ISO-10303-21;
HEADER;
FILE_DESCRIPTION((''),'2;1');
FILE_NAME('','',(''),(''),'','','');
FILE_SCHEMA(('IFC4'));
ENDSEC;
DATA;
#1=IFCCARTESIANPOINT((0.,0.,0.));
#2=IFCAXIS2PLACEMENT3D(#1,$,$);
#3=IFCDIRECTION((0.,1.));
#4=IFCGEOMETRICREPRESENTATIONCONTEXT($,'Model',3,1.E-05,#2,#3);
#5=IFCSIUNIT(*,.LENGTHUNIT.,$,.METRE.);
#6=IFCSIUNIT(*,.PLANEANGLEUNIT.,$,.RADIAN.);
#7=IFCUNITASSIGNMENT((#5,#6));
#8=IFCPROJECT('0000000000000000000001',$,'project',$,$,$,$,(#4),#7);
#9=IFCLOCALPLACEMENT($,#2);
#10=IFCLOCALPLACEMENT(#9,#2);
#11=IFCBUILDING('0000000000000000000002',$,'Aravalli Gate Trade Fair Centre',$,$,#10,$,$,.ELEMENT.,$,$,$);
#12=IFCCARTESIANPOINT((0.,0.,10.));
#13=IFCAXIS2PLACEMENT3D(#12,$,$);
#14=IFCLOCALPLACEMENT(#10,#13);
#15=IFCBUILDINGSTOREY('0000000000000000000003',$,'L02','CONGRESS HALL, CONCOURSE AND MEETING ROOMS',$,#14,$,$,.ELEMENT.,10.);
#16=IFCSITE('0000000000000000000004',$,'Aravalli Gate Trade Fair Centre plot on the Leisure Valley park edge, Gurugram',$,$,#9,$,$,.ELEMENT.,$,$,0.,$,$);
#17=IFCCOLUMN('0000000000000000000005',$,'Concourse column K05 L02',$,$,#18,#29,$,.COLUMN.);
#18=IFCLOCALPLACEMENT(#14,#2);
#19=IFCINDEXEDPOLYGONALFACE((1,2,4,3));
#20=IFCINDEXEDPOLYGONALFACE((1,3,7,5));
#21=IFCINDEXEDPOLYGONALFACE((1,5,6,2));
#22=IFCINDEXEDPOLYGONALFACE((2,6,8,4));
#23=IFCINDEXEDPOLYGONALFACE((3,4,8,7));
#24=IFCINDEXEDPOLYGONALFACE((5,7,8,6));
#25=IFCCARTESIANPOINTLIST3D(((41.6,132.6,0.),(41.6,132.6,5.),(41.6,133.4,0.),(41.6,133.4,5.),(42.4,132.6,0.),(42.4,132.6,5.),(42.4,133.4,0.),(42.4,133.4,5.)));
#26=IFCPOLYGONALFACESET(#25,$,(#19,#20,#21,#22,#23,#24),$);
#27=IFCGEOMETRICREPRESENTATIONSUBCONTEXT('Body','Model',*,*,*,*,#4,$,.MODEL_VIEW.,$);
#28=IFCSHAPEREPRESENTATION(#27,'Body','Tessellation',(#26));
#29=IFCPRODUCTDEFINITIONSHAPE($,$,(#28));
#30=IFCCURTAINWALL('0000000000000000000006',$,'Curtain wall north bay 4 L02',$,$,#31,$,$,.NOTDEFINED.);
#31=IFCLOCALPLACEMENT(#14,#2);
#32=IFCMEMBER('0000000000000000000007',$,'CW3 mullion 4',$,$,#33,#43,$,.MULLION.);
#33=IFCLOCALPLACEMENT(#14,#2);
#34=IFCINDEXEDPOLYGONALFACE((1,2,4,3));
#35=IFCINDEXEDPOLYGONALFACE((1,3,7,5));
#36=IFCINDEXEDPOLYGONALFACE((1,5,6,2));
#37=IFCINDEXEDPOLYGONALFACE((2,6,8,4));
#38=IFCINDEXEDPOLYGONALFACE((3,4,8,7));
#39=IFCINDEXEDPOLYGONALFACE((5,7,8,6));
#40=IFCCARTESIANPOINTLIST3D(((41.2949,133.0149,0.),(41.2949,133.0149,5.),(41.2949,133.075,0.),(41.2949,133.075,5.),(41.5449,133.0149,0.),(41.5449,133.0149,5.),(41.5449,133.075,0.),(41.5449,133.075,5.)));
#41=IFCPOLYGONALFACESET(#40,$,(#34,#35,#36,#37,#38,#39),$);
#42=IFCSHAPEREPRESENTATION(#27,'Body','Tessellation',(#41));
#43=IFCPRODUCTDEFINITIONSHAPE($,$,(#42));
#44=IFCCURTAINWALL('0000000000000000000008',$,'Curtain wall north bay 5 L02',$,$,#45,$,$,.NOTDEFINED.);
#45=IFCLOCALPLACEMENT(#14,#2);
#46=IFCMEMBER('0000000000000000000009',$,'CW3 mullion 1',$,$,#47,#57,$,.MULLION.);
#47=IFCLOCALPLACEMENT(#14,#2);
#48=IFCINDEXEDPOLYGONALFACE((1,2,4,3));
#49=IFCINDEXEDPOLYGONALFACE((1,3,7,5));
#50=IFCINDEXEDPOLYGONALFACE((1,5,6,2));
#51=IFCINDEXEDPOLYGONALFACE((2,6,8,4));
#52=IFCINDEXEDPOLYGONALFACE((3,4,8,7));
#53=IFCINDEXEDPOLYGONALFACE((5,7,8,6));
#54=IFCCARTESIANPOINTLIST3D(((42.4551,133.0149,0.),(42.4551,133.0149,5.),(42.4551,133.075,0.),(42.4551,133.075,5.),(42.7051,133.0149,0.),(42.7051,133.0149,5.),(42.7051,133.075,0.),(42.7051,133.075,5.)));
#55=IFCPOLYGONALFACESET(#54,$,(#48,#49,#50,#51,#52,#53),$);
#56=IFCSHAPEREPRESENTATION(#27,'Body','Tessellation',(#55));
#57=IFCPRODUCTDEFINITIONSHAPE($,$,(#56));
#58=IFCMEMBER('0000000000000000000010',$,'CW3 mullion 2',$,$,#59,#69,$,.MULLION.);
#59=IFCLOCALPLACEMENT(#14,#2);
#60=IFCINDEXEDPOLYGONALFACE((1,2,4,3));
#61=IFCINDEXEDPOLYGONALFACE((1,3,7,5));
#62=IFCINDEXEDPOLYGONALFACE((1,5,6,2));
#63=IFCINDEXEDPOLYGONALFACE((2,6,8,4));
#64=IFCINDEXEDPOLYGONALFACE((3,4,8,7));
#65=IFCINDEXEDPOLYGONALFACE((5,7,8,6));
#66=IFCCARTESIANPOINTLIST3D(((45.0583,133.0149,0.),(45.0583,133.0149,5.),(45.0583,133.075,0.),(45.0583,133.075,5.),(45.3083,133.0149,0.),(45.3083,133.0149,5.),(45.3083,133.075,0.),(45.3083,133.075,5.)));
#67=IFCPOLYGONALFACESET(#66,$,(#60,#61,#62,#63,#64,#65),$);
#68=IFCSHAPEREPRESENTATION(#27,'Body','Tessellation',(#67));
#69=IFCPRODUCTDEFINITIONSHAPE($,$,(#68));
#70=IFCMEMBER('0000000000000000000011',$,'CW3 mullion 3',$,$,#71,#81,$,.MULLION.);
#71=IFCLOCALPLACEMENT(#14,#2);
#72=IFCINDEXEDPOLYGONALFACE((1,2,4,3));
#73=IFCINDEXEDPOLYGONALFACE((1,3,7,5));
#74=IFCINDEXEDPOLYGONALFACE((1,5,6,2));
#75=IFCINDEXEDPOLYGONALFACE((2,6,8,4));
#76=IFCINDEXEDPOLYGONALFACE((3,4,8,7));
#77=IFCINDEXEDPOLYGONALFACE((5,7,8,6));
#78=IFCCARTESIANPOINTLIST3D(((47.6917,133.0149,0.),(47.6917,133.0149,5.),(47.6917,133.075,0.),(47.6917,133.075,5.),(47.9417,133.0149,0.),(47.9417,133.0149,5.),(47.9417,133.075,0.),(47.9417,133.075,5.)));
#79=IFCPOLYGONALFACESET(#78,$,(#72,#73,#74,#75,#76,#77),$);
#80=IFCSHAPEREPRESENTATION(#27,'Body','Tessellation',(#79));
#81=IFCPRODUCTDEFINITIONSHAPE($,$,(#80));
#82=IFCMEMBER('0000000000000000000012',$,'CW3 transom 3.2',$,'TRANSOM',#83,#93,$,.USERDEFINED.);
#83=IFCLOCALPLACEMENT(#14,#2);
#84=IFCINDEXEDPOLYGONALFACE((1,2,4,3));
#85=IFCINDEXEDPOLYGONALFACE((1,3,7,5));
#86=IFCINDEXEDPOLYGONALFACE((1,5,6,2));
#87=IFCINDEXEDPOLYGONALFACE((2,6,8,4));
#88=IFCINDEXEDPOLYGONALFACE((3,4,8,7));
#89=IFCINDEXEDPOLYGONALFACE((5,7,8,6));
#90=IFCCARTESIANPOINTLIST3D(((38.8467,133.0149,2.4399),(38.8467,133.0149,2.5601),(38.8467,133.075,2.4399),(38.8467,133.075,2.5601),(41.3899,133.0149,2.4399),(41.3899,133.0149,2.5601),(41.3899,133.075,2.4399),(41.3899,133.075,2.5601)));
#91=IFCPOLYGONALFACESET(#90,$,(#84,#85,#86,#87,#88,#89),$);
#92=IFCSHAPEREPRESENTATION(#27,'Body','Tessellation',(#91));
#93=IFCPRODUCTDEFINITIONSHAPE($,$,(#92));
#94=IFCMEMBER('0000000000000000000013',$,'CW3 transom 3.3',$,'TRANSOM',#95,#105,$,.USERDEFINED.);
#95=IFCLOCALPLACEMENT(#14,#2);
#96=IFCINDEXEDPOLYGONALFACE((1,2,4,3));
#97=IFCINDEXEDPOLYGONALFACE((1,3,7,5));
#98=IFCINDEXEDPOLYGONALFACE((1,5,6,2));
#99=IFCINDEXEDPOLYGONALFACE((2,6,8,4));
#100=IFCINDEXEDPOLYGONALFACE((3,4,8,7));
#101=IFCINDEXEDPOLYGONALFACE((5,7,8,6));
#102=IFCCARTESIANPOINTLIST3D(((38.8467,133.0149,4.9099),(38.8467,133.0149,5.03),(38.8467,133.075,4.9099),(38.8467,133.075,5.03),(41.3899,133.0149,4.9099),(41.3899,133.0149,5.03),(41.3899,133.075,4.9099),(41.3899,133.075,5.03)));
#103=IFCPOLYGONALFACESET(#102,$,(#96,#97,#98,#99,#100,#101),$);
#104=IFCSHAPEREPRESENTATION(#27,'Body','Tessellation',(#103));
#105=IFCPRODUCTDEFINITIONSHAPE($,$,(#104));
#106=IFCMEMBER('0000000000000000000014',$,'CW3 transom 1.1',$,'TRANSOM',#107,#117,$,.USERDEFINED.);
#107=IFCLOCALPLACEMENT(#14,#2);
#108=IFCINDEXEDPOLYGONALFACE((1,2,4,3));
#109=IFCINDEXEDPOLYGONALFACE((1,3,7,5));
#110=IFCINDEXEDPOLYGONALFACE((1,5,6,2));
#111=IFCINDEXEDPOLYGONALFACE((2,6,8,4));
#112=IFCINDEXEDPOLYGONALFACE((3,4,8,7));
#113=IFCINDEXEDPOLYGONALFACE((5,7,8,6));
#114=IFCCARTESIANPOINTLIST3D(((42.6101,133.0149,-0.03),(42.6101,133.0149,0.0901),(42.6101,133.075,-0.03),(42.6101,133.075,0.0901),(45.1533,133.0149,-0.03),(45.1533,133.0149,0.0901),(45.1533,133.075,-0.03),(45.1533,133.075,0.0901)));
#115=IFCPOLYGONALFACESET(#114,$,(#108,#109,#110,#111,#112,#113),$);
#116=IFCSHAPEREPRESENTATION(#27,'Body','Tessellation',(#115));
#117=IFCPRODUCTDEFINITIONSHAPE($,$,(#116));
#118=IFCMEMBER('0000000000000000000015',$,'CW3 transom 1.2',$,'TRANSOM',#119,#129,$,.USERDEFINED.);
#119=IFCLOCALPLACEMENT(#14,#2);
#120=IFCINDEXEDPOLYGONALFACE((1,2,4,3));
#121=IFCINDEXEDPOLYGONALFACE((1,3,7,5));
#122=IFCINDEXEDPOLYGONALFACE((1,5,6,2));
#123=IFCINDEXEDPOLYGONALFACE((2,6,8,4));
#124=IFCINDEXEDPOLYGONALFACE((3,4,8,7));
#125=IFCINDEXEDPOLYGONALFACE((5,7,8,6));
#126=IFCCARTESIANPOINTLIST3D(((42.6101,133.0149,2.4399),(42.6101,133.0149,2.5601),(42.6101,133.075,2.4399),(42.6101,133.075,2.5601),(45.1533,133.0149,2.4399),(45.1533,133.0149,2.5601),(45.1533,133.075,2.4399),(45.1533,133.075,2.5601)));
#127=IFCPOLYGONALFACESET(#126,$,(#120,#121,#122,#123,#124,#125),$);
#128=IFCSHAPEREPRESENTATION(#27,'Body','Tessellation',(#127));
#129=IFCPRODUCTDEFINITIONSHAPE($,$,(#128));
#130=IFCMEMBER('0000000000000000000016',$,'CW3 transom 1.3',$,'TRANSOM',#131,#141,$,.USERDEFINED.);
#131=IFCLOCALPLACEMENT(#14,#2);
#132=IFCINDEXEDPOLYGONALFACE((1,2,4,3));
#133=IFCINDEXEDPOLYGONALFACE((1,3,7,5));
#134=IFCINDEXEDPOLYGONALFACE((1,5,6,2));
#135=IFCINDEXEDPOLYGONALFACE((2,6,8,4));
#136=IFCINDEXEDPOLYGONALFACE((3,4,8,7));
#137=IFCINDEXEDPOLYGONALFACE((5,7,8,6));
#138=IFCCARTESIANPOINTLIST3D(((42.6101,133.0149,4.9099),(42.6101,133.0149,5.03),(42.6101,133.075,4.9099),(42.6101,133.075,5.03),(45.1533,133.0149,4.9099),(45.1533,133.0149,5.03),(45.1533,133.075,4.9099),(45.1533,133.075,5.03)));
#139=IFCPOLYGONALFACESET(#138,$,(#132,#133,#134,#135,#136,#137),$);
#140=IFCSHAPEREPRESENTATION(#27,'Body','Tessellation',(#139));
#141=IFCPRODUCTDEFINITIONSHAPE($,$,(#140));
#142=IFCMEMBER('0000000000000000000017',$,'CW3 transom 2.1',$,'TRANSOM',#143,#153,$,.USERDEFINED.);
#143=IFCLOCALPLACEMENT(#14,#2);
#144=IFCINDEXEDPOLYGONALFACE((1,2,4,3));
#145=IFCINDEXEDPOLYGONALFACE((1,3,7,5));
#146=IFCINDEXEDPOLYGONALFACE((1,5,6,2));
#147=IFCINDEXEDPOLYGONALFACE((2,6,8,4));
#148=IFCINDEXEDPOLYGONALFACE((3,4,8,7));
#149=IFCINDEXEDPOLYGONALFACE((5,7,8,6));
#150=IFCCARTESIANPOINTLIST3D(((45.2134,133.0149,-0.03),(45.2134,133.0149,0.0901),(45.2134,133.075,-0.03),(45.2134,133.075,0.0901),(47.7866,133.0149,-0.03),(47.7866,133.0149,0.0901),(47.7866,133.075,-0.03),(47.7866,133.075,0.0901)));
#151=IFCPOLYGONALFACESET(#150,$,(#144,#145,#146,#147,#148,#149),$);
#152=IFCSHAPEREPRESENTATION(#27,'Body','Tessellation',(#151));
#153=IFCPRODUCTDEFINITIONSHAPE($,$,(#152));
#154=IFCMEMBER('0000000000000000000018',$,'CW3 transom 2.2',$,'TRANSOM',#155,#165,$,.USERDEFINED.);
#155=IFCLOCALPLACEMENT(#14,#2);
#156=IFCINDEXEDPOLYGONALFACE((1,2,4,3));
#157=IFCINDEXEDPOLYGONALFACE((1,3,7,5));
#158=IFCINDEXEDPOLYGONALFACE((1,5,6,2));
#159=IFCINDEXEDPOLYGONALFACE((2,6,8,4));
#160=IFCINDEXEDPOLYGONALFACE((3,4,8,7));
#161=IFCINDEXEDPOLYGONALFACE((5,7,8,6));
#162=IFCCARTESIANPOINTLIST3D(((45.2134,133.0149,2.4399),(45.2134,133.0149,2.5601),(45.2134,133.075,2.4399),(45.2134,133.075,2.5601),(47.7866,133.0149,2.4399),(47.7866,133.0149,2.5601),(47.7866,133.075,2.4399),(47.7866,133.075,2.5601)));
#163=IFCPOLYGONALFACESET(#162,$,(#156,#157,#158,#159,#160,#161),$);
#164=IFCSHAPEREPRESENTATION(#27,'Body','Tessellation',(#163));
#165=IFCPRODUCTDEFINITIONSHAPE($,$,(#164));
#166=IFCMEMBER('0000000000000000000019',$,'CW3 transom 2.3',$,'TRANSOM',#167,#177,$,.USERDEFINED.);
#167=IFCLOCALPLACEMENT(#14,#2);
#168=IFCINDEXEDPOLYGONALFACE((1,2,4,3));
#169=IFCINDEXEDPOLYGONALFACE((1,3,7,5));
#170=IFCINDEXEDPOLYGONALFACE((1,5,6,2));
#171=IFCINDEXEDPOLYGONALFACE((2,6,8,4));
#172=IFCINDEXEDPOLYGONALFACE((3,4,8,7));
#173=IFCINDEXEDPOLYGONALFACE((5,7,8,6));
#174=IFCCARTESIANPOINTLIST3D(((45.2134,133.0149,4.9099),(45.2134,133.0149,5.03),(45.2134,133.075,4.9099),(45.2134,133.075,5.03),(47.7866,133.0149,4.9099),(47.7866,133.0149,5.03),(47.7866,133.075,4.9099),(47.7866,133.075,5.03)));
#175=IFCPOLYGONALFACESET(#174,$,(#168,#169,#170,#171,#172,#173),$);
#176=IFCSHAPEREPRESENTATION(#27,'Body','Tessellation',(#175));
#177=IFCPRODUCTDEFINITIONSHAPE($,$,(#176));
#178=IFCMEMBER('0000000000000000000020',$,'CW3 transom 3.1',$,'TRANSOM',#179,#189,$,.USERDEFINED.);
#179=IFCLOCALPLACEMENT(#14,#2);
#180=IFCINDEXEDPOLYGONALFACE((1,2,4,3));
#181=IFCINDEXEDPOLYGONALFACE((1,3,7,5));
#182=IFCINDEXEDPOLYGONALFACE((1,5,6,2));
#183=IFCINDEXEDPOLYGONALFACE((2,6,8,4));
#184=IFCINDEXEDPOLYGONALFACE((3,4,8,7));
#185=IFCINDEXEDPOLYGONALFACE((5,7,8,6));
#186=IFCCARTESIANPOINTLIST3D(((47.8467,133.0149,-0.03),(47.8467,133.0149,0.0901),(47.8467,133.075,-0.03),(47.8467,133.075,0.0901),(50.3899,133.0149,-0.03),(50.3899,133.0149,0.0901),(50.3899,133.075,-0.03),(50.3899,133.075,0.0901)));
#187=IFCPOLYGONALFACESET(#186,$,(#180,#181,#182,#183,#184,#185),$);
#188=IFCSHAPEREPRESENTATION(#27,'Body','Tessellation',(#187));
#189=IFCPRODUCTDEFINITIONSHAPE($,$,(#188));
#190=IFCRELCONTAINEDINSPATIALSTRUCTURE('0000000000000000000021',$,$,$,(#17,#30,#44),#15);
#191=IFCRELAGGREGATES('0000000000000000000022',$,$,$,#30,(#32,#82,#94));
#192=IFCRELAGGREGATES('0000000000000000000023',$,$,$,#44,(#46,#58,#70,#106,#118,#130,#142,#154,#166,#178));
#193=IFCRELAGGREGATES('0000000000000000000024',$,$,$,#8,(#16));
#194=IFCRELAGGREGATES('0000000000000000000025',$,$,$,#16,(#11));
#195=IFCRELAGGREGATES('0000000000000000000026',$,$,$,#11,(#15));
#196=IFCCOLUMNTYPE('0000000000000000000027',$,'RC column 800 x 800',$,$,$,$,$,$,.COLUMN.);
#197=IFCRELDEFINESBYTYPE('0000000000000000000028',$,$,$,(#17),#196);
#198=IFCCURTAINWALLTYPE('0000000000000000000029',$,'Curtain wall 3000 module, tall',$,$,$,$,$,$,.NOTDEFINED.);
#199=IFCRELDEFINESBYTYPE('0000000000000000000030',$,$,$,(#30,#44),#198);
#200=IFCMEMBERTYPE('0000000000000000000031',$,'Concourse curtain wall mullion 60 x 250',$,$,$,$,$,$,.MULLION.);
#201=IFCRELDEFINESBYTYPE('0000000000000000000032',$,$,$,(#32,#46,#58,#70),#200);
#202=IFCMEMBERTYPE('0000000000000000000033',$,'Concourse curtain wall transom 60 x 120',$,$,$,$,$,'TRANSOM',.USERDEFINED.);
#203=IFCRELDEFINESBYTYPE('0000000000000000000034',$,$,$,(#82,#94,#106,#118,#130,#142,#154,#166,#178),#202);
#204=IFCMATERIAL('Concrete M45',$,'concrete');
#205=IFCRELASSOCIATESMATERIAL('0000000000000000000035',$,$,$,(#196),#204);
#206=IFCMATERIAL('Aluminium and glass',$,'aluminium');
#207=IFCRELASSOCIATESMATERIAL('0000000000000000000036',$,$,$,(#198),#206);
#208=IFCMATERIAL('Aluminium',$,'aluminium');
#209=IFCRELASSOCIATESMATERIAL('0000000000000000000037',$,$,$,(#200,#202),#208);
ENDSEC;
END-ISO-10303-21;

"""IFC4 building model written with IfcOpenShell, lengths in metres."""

from ifc_helpers import new_model, si_unit, direction, frame, origin, origin_2d, place, context, subcontext, project, spatial, rectangle, extrude, material, material_profile, profile_set, type_object, element, aggregate, save


model = new_model("IFC4")

# Units and contexts
model_context = context("Model", 3, precision=1e-05, world=origin(), true_north=direction((0.0, 1.0)))
body_context = subcontext(model_context, "Body", "Model", "MODEL_VIEW")
ifc_project = project(units=[si_unit("LENGTHUNIT", "METRE"), si_unit("PLANEANGLEUNIT", "RADIAN")], contexts=[model_context])

# Site, building, storey
site_placement = place(None, origin())
site = spatial("IfcSite", under=ifc_project, at=site_placement, Name="Aravalli Gate Trade Fair Centre plot on the Leisure Valley park edge, Gurugram", CompositionType="ELEMENT", RefElevation=0.0)
building_placement = place(site_placement, origin())
building = spatial("IfcBuilding", under=site, at=building_placement, Name="Aravalli Gate Trade Fair Centre", CompositionType="ELEMENT")
storey_placement = place(building_placement, frame((0.0, 0.0, 10.0)))
storey = spatial("IfcBuildingStorey", under=building, at=storey_placement, Name="L02", Description="CONGRESS HALL, CONCOURSE AND MEETING ROOMS", CompositionType="ELEMENT", Elevation=10.0)

# Column
ifc_material_1 = material(Name="Concrete M45", Category="concrete")
ifc_material_profile_1 = material_profile(ifc_material_1, rectangle(XDim=0.8, YDim=0.8, at=origin_2d()), Name="RC column 800 x 800")
ifc_profile_set_1 = profile_set([ifc_material_profile_1], Name="Concrete M45")
column_type = type_object("IfcColumnType", Name="RC column 800 x 800", PredefinedType="COLUMN", material=ifc_profile_set_1)
column_placement = place(storey_placement, frame((42.0, 133.0, 0.0), z_axis=(0.0, 0.0, 1.0), x_axis=(1.0, 0.0, 0.0)))
element("IfcColumn", 1, at=column_placement, inside=storey, type_object=column_type, Name="Concourse column K05 L02", PredefinedType="COLUMN", context=body_context, shape_type="SweptSolid", body=[
    extrude(rectangle(XDim=0.8, YDim=0.8, at=origin_2d()), origin(), (0.0, 0.0, 1.0), 5.0),
])

# Curtain wall, member
ifc_material_2 = material(Name="Aluminium and glass", Category="aluminium")
curtain_wall_type = type_object("IfcCurtainWallType", Name="Curtain wall 3000 module, tall", PredefinedType="NOTDEFINED", material=ifc_material_2)
curtain_wall_1_placement = place(storey_placement, origin())
curtain_wall_1 = element("IfcCurtainWall", 2, at=curtain_wall_1_placement, inside=storey, type_object=curtain_wall_type, Name="Curtain wall north bay 4 L02", PredefinedType="NOTDEFINED")
ifc_material_3 = material(Name="Aluminium", Category="aluminium")
ifc_material_profile_2 = material_profile(ifc_material_3, rectangle(XDim=0.0601, YDim=0.25, at=origin_2d()), Name="Concourse curtain wall mullion 60 x 250")
ifc_profile_set_2 = profile_set([ifc_material_profile_2], Name="Aluminium")
member_type_1 = type_object("IfcMemberType", Name="Concourse curtain wall mullion 60 x 250", PredefinedType="MULLION", material=ifc_profile_set_2)
member_1_placement = place(storey_placement, frame((41.4199, 133.0449, 0.0), z_axis=(0.0, 0.0, 1.0), x_axis=(0.0, 1.0, 0.0)))
member_1 = element("IfcMember", 3, at=member_1_placement, type_object=member_type_1, Name="CW3 mullion 4", PredefinedType="MULLION", context=body_context, shape_type="SweptSolid", body=[
    extrude(rectangle(XDim=0.0601, YDim=0.25, at=origin_2d()), origin(), (0.0, 0.0, 1.0), 5.0),
])

# Curtain wall, members
curtain_wall_2_placement = place(storey_placement, origin())
curtain_wall_2 = element("IfcCurtainWall", 4, at=curtain_wall_2_placement, inside=storey, type_object=curtain_wall_type, Name="Curtain wall north bay 5 L02", PredefinedType="NOTDEFINED")
member_2_placement = place(storey_placement, frame((42.5801, 133.0449, 0.0), z_axis=(0.0, 0.0, 1.0), x_axis=(0.0, 1.0, 0.0)))
member_2 = element("IfcMember", 5, at=member_2_placement, type_object=member_type_1, Name="CW3 mullion 1", PredefinedType="MULLION", context=body_context, shape_type="SweptSolid", body=[
    extrude(rectangle(XDim=0.0601, YDim=0.25, at=origin_2d()), origin(), (0.0, 0.0, 1.0), 5.0),
])
member_3_placement = place(storey_placement, frame((45.1833, 133.0449, 0.0), z_axis=(0.0, 0.0, 1.0), x_axis=(0.0, 1.0, 0.0)))
member_3 = element("IfcMember", 6, at=member_3_placement, type_object=member_type_1, Name="CW3 mullion 2", PredefinedType="MULLION", context=body_context, shape_type="SweptSolid", body=[
    extrude(rectangle(XDim=0.0601, YDim=0.25, at=origin_2d()), origin(), (0.0, 0.0, 1.0), 5.0),
])
member_4_placement = place(storey_placement, frame((47.8167, 133.0449, 0.0), z_axis=(0.0, 0.0, 1.0), x_axis=(0.0, 1.0, 0.0)))
member_4 = element("IfcMember", 7, at=member_4_placement, type_object=member_type_1, Name="CW3 mullion 3", PredefinedType="MULLION", context=body_context, shape_type="SweptSolid", body=[
    extrude(rectangle(XDim=0.0601, YDim=0.25, at=origin_2d()), origin(), (0.0, 0.0, 1.0), 5.0),
])

# Members
ifc_material_profile_3 = material_profile(ifc_material_3, rectangle(XDim=0.0601, YDim=0.1201, at=origin_2d()), Name="Concourse curtain wall transom 60 x 120")
ifc_profile_set_3 = profile_set([ifc_material_profile_3], Name="Aluminium")
member_type_2 = type_object("IfcMemberType", Name="Concourse curtain wall transom 60 x 120", ElementType="TRANSOM", PredefinedType="USERDEFINED", material=ifc_profile_set_3)
member_5_placement = place(storey_placement, frame((38.8467, 133.0449, 2.5), z_axis=(1.0, 0.0, 0.0), x_axis=(0.0, 1.0, 0.0)))
member_5 = element("IfcMember", 8, at=member_5_placement, type_object=member_type_2, Name="CW3 transom 3.2", ObjectType="TRANSOM", PredefinedType="USERDEFINED", context=body_context, shape_type="SweptSolid", body=[
    extrude(rectangle(XDim=0.0601, YDim=0.1201, at=origin_2d()), origin(), (0.0, 0.0, 1.0), 2.5432),
])
member_6_placement = place(storey_placement, frame((38.8467, 133.0449, 4.97), z_axis=(1.0, 0.0, 0.0), x_axis=(0.0, 1.0, 0.0)))
member_6 = element("IfcMember", 9, at=member_6_placement, type_object=member_type_2, Name="CW3 transom 3.3", ObjectType="TRANSOM", PredefinedType="USERDEFINED", context=body_context, shape_type="SweptSolid", body=[
    extrude(rectangle(XDim=0.0601, YDim=0.1201, at=origin_2d()), origin(), (0.0, 0.0, 1.0), 2.5432),
])
member_7_placement = place(storey_placement, frame((42.6101, 133.0449, 0.03), z_axis=(1.0, 0.0, 0.0), x_axis=(0.0, 1.0, 0.0)))
member_7 = element("IfcMember", 10, at=member_7_placement, type_object=member_type_2, Name="CW3 transom 1.1", ObjectType="TRANSOM", PredefinedType="USERDEFINED", context=body_context, shape_type="SweptSolid", body=[
    extrude(rectangle(XDim=0.0601, YDim=0.1201, at=origin_2d()), origin(), (0.0, 0.0, 1.0), 2.5432),
])
member_8_placement = place(storey_placement, frame((42.6101, 133.0449, 2.5), z_axis=(1.0, 0.0, 0.0), x_axis=(0.0, 1.0, 0.0)))
member_8 = element("IfcMember", 11, at=member_8_placement, type_object=member_type_2, Name="CW3 transom 1.2", ObjectType="TRANSOM", PredefinedType="USERDEFINED", context=body_context, shape_type="SweptSolid", body=[
    extrude(rectangle(XDim=0.0601, YDim=0.1201, at=origin_2d()), origin(), (0.0, 0.0, 1.0), 2.5432),
])
member_9_placement = place(storey_placement, frame((42.6101, 133.0449, 4.97), z_axis=(1.0, 0.0, 0.0), x_axis=(0.0, 1.0, 0.0)))
member_9 = element("IfcMember", 12, at=member_9_placement, type_object=member_type_2, Name="CW3 transom 1.3", ObjectType="TRANSOM", PredefinedType="USERDEFINED", context=body_context, shape_type="SweptSolid", body=[
    extrude(rectangle(XDim=0.0601, YDim=0.1201, at=origin_2d()), origin(), (0.0, 0.0, 1.0), 2.5432),
])
member_10_placement = place(storey_placement, frame((45.2134, 133.0449, 0.03), z_axis=(1.0, 0.0, 0.0), x_axis=(0.0, 1.0, 0.0)))
member_10 = element("IfcMember", 13, at=member_10_placement, type_object=member_type_2, Name="CW3 transom 2.1", ObjectType="TRANSOM", PredefinedType="USERDEFINED", context=body_context, shape_type="SweptSolid", body=[
    extrude(rectangle(XDim=0.0601, YDim=0.1201, at=origin_2d()), origin(), (0.0, 0.0, 1.0), 2.5732),
])
member_11_placement = place(storey_placement, frame((45.2134, 133.0449, 2.5), z_axis=(1.0, 0.0, 0.0), x_axis=(0.0, 1.0, 0.0)))
member_11 = element("IfcMember", 14, at=member_11_placement, type_object=member_type_2, Name="CW3 transom 2.2", ObjectType="TRANSOM", PredefinedType="USERDEFINED", context=body_context, shape_type="SweptSolid", body=[
    extrude(rectangle(XDim=0.0601, YDim=0.1201, at=origin_2d()), origin(), (0.0, 0.0, 1.0), 2.5732),
])
member_12_placement = place(storey_placement, frame((45.2134, 133.0449, 4.97), z_axis=(1.0, 0.0, 0.0), x_axis=(0.0, 1.0, 0.0)))
member_12 = element("IfcMember", 15, at=member_12_placement, type_object=member_type_2, Name="CW3 transom 2.3", ObjectType="TRANSOM", PredefinedType="USERDEFINED", context=body_context, shape_type="SweptSolid", body=[
    extrude(rectangle(XDim=0.0601, YDim=0.1201, at=origin_2d()), origin(), (0.0, 0.0, 1.0), 2.5732),
])
member_13_placement = place(storey_placement, frame((47.8467, 133.0449, 0.03), z_axis=(1.0, 0.0, 0.0), x_axis=(0.0, 1.0, 0.0)))
member_13 = element("IfcMember", 16, at=member_13_placement, type_object=member_type_2, Name="CW3 transom 3.1", ObjectType="TRANSOM", PredefinedType="USERDEFINED", context=body_context, shape_type="SweptSolid", body=[
    extrude(rectangle(XDim=0.0601, YDim=0.1201, at=origin_2d()), origin(), (0.0, 0.0, 1.0), 2.5432),
])

aggregate(curtain_wall_1, [member_1, member_5, member_6])
aggregate(curtain_wall_2, [member_2, member_3, member_4, member_7, member_8, member_9, member_10, member_11, member_12, member_13])

save(model, "model.ifc")
